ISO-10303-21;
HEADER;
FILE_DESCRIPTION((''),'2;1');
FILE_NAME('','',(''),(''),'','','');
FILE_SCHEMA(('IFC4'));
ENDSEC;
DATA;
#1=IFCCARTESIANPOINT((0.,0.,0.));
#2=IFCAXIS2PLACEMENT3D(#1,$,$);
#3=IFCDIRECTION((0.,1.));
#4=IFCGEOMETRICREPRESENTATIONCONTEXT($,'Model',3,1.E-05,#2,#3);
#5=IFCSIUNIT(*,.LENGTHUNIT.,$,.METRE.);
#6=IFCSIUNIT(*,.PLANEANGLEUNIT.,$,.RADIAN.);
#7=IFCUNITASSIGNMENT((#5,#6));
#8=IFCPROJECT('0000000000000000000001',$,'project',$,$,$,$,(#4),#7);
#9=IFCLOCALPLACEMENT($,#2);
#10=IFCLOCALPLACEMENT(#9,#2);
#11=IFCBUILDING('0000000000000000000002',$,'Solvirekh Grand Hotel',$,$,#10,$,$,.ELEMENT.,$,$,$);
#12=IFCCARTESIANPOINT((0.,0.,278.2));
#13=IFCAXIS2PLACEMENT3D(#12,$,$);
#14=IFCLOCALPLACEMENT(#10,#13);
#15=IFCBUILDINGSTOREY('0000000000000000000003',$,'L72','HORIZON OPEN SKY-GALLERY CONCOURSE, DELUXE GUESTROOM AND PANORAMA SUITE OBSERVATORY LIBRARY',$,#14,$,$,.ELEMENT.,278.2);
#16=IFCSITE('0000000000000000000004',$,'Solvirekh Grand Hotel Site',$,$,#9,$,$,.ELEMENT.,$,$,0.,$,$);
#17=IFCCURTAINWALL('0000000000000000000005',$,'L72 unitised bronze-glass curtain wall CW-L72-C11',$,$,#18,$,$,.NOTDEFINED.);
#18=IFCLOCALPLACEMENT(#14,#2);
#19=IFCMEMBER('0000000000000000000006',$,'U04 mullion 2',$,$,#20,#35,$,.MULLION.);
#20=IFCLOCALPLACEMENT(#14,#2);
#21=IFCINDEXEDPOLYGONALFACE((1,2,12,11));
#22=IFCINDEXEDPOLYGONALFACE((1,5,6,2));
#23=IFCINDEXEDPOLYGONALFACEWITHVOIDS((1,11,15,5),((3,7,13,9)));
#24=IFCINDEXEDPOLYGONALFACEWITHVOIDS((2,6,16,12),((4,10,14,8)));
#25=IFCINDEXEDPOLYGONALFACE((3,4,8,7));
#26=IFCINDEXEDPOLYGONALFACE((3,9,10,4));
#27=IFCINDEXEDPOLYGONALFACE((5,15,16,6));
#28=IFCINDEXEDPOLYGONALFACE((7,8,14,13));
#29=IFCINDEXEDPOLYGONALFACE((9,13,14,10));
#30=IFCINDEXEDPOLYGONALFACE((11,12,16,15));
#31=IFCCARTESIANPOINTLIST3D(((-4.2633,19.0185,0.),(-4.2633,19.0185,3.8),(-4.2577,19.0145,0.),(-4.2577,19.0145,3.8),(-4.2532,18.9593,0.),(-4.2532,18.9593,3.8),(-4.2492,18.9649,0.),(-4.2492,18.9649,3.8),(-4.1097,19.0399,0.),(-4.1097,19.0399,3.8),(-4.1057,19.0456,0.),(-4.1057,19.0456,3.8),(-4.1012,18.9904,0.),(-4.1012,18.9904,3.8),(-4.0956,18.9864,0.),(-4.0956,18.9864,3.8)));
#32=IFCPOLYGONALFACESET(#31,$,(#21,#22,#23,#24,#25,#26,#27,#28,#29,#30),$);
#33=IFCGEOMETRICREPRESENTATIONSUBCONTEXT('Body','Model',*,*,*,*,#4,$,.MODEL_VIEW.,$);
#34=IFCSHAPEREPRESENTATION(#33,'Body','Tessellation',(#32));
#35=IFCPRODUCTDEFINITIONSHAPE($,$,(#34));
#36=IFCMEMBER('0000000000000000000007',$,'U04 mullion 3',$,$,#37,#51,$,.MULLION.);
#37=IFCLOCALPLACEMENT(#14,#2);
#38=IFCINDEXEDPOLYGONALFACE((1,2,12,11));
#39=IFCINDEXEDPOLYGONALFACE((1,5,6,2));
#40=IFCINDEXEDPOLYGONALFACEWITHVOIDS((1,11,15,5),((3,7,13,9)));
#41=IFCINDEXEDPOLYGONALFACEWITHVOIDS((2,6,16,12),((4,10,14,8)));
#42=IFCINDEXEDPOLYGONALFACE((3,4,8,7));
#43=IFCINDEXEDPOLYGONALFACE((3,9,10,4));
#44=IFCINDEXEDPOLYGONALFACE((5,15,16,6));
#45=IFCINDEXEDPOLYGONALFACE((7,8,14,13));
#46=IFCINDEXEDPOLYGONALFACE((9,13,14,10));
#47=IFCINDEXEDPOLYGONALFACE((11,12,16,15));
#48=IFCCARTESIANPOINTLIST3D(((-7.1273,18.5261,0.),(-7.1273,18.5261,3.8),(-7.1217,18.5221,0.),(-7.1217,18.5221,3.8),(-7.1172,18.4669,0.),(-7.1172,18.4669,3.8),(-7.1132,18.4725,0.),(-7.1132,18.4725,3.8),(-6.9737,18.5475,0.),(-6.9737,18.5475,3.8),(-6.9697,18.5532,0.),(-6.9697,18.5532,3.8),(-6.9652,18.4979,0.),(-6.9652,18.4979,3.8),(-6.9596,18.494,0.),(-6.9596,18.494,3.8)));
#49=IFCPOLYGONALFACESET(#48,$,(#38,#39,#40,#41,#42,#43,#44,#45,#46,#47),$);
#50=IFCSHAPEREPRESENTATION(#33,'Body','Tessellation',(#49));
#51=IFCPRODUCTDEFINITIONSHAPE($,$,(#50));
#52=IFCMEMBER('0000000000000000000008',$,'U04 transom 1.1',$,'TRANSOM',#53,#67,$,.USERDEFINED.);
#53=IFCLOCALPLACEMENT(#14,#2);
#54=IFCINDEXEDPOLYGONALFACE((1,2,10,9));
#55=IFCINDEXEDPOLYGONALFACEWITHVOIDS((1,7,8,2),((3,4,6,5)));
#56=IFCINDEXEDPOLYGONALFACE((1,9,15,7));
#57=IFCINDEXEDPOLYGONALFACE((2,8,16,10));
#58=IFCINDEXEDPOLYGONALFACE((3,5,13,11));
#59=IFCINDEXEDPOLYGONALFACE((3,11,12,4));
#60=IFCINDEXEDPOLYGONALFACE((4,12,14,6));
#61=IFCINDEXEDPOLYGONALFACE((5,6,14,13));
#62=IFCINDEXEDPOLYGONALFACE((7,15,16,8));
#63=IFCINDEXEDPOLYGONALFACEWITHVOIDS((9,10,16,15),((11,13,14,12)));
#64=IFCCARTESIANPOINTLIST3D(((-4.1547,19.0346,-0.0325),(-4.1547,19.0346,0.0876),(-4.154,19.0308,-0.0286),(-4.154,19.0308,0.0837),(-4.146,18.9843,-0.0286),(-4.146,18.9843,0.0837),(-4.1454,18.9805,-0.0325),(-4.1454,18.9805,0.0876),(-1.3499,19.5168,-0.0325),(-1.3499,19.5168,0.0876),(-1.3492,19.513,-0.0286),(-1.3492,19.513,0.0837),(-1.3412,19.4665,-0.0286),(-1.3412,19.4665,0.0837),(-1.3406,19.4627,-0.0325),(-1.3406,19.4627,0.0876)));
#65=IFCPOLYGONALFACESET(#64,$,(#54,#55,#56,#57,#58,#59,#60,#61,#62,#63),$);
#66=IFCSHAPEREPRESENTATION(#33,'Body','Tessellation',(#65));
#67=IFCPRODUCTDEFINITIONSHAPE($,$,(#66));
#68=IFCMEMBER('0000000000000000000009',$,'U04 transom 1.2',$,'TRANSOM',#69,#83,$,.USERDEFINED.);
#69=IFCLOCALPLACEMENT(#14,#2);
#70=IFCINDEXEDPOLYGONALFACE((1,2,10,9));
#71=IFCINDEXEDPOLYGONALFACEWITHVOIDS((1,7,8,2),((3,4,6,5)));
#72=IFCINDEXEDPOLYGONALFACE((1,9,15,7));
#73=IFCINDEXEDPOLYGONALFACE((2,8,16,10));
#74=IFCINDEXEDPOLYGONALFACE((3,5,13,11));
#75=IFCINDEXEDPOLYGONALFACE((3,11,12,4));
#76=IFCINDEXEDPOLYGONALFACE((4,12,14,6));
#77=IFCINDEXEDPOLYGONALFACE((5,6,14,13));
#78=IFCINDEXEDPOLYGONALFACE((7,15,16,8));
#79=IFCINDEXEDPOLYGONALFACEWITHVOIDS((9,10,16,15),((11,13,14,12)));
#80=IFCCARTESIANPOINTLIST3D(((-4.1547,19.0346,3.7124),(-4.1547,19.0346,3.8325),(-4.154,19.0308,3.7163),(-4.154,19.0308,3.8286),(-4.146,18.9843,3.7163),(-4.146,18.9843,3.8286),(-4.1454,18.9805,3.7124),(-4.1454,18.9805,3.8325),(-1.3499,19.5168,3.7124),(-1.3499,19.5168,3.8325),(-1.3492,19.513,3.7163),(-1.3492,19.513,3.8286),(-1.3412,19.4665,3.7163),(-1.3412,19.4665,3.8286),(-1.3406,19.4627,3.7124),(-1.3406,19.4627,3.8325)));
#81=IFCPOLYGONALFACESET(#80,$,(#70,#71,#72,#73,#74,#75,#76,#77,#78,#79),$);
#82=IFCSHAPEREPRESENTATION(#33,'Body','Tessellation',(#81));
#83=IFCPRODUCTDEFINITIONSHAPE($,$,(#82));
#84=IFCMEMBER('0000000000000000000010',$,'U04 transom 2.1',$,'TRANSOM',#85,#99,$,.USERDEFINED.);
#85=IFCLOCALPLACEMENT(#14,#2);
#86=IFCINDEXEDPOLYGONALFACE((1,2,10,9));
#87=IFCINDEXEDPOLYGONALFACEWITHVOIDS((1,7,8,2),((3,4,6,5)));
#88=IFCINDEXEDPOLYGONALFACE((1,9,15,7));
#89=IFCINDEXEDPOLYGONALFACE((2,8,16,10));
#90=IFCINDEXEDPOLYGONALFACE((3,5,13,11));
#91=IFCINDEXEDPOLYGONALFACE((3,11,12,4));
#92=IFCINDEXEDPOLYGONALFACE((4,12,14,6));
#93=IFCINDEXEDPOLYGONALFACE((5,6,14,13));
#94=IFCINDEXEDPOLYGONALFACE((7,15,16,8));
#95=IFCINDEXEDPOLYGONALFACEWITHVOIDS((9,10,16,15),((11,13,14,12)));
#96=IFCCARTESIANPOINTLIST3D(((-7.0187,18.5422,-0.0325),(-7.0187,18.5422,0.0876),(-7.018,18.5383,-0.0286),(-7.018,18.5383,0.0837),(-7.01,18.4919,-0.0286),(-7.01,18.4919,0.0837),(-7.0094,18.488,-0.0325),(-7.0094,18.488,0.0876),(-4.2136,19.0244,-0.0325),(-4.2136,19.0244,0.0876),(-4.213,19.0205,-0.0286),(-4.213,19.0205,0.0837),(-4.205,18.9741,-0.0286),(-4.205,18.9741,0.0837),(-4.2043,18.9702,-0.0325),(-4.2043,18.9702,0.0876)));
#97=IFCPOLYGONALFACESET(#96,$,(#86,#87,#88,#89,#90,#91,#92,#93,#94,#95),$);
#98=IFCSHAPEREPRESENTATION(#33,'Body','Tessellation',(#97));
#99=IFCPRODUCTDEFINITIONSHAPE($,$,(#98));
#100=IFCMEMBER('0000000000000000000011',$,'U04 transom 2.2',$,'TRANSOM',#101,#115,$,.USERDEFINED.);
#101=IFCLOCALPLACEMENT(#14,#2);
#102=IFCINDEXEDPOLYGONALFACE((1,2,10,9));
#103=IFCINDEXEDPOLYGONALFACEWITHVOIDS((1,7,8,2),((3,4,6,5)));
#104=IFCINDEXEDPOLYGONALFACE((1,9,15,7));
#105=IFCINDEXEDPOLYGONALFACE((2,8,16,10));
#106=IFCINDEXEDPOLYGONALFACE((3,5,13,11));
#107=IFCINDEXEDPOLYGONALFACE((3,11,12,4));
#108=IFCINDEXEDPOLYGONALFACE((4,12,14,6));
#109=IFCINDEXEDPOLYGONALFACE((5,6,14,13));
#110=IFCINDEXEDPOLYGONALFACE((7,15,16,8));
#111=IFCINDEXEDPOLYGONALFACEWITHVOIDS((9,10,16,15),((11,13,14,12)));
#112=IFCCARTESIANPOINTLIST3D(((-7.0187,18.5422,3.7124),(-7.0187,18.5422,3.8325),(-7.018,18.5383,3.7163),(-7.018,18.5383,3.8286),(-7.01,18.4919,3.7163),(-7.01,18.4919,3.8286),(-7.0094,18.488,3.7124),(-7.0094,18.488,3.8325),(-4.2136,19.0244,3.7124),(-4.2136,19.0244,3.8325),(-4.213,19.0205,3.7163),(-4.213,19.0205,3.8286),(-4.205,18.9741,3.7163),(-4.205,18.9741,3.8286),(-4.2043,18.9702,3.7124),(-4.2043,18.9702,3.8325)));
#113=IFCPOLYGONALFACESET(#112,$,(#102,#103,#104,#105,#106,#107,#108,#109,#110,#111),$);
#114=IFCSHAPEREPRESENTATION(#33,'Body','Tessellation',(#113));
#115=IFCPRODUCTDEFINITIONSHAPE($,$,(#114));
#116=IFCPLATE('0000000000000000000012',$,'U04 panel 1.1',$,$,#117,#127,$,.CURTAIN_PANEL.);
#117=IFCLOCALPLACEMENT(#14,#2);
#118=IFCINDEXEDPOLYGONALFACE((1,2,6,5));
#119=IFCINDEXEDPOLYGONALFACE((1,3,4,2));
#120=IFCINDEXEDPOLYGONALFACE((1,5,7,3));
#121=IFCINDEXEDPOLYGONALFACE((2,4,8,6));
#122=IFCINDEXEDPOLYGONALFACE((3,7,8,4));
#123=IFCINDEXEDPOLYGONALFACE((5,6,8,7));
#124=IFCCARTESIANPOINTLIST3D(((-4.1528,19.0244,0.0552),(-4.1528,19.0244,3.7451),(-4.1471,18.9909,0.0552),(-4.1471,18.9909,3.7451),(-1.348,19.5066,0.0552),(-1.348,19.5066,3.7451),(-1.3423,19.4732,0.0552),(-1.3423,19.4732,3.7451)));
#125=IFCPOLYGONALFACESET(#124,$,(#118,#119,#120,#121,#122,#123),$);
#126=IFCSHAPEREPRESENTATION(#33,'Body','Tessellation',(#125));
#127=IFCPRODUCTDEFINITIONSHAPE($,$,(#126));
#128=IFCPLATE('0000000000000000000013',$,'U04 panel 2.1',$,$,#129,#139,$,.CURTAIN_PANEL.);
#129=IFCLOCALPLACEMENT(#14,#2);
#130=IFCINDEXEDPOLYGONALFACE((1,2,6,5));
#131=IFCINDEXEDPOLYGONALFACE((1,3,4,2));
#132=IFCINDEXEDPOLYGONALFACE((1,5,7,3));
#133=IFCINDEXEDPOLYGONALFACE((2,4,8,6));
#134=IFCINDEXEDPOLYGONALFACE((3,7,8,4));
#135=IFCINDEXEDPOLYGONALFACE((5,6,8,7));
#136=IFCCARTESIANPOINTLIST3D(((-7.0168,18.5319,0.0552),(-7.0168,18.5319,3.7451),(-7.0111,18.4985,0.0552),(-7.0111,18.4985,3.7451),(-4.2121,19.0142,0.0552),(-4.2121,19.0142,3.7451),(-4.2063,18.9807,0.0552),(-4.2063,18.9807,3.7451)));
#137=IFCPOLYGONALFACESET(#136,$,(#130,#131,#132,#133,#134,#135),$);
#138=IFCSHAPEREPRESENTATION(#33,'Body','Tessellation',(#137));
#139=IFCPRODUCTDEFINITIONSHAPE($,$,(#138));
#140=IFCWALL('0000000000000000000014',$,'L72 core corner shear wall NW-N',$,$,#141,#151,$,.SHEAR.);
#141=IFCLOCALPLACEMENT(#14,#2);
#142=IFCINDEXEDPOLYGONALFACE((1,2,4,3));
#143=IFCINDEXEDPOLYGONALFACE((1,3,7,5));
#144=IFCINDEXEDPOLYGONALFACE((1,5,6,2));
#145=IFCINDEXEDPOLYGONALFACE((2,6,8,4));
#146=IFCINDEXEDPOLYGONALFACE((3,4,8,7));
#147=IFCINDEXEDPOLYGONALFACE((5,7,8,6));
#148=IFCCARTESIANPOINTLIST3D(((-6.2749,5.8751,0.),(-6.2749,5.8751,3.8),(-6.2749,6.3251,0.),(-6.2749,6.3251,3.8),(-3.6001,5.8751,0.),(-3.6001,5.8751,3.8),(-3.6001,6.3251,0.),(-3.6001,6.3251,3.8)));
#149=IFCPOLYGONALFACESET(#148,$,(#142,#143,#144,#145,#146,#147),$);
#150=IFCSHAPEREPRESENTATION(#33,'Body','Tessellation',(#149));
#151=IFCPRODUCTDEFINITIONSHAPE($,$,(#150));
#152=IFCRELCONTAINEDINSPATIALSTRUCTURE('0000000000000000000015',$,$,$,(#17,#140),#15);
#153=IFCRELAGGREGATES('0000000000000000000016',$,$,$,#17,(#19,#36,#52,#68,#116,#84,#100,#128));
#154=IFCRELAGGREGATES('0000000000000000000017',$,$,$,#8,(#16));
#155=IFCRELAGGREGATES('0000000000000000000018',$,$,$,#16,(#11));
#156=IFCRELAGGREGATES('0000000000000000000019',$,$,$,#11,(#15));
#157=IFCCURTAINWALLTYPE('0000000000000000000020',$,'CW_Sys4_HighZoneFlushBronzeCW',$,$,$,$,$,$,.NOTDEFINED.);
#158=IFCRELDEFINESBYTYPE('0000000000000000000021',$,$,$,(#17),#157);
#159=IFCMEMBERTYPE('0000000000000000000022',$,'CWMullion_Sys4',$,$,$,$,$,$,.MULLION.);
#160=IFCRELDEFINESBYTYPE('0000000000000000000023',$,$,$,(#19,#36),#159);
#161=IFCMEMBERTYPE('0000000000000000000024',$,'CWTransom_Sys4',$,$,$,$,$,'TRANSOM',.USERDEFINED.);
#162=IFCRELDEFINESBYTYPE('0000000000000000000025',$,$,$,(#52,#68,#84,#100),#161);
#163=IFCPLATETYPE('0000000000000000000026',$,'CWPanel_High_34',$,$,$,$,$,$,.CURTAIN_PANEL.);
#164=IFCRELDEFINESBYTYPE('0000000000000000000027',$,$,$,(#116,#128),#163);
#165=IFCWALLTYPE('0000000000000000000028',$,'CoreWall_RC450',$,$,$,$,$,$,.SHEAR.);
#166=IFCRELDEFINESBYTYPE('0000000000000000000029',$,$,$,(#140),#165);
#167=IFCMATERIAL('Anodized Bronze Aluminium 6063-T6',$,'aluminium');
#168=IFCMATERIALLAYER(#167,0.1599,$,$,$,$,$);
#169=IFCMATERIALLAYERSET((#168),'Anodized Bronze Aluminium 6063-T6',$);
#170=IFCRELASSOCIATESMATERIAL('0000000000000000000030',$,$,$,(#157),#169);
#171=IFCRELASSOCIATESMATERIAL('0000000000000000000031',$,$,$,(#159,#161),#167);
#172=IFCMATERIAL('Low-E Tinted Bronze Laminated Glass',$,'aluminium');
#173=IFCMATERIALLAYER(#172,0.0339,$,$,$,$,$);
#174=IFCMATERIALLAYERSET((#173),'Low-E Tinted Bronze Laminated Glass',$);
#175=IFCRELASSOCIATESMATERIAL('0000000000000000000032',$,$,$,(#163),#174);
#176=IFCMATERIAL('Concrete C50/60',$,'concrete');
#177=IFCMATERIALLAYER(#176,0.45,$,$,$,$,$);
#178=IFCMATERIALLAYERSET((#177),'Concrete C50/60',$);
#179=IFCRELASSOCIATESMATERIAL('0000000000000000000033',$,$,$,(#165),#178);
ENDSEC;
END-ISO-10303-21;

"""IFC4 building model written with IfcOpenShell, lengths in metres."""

from ifc_helpers import new_model, si_unit, direction, frame, frame_2d, origin, origin_2d, place, context, subcontext, project, spatial, rectangle, hollow_rectangle, extrude, source, transform, mapped, material, layer, layer_set, material_profile, profile_set, type_object, element, aggregate, save


model = new_model("IFC4")

# Units and contexts
model_context = context("Model", 3, precision=1e-05, world=origin(), true_north=direction((0.0, 1.0)))
body_context = subcontext(model_context, "Body", "Model", "MODEL_VIEW")
ifc_project = project(units=[si_unit("LENGTHUNIT", "METRE"), si_unit("PLANEANGLEUNIT", "RADIAN")], contexts=[model_context])

# Site, building, storey
site_placement = place(None, origin())
site = spatial("IfcSite", under=ifc_project, at=site_placement, Name="Solvirekh Grand Hotel Site", CompositionType="ELEMENT", RefElevation=0.0)
building_placement = place(site_placement, origin())
building = spatial("IfcBuilding", under=site, at=building_placement, Name="Solvirekh Grand Hotel", CompositionType="ELEMENT")
storey_placement = place(building_placement, frame((0.0, 0.0, 278.2)))
storey = spatial("IfcBuildingStorey", under=building, at=storey_placement, Name="L72", Description="HORIZON OPEN SKY-GALLERY CONCOURSE, DELUXE GUESTROOM AND PANORAMA SUITE OBSERVATORY LIBRARY", CompositionType="ELEMENT", Elevation=278.2)

# Shared definitions
ifc_material_1 = material(Name="Concrete C50/60", Category="concrete")

# Curtain wall, members, plates
ifc_material_2 = material(Name="Anodized Bronze Aluminium 6063-T6", Category="aluminium")
ifc_layer_1 = layer(ifc_material_2, 0.1599)
ifc_layer_set_1 = layer_set([ifc_layer_1], Name="Anodized Bronze Aluminium 6063-T6")
curtain_wall_type = type_object("IfcCurtainWallType", Name="CW_Sys4_HighZoneFlushBronzeCW", PredefinedType="NOTDEFINED", material=ifc_layer_set_1)
curtain_wall_placement = place(storey_placement, origin())
curtain_wall = element("IfcCurtainWall", 1, at=curtain_wall_placement, inside=storey, type_object=curtain_wall_type, Name="L72 unitised bronze-glass curtain wall CW-L72-C11", PredefinedType="NOTDEFINED")
ifc_material_profile_1 = material_profile(ifc_material_2, hollow_rectangle(XDim=0.0601, YDim=0.1599, WallThickness=0.0049, at=origin_2d()), Name="ALU RHS 160X60X5")
ifc_profile_set_1 = profile_set([ifc_material_profile_1], Name="Anodized Bronze Aluminium 6063-T6")
member_type_1 = type_object("IfcMemberType", Name="CWMullion_Sys4", PredefinedType="MULLION", material=ifc_profile_set_1)
shared_shape_1 = source(origin(), body_context, "Body", "SweptSolid", [
    extrude(hollow_rectangle(XDim=0.0601, YDim=0.1599, WallThickness=0.0049, at=origin_2d()), origin(), (0.0, 0.0, 1.0), 3.8),
])
member_1_placement = place(storey_placement, frame((-4.1794, 19.0024, 0.0), z_axis=(0.0, 0.0, 1.0), x_axis=(0.169451, -0.985539, 0.0)))
member_1 = element("IfcMember", 2, at=member_1_placement, type_object=member_type_1, Name="U04 mullion 2", PredefinedType="MULLION", context=body_context, shape_type="MappedRepresentation", body=[
    mapped(shared_shape_1, transform((0.0, 0.0, 0.0), x_axis=(1.0, 0.0, 0.0), y_axis=(0.0, 1.0, 0.0), z_axis=(0.0, 0.0, 1.0), scale=1.0)),
])
member_2_placement = place(storey_placement, frame((-7.0435, 18.51, 0.0), z_axis=(0.0, 0.0, 1.0), x_axis=(0.169451, -0.985539, 0.0)))
member_2 = element("IfcMember", 3, at=member_2_placement, type_object=member_type_1, Name="U04 mullion 3", PredefinedType="MULLION", context=body_context, shape_type="MappedRepresentation", body=[
    mapped(shared_shape_1, transform((0.0, 0.0, 0.0), x_axis=(1.0, 0.0, 0.0), y_axis=(0.0, 1.0, 0.0), z_axis=(0.0, 0.0, 1.0), scale=1.0)),
])
ifc_material_profile_2 = material_profile(ifc_material_2, hollow_rectangle(XDim=0.0549, YDim=0.1201, WallThickness=0.0039, at=origin_2d()), Name="ALU RHS 120X55X4")
ifc_profile_set_2 = profile_set([ifc_material_profile_2], Name="Anodized Bronze Aluminium 6063-T6")
member_type_2 = type_object("IfcMemberType", Name="CWTransom_Sys4", ElementType="TRANSOM", PredefinedType="USERDEFINED", material=ifc_profile_set_2)
shared_shape_2 = source(origin(), body_context, "Body", "SweptSolid", [
    extrude(hollow_rectangle(XDim=0.0549, YDim=0.1201, WallThickness=0.0039, at=origin_2d()), origin(), (0.0, 0.0, 1.0), 2.8459),
])
member_3_placement = place(storey_placement, frame((-1.3452, 19.4897, 0.0276), z_axis=(-0.985542, -0.169433, 0.0), x_axis=(0.169433, -0.985542, 0.0)))
member_3 = element("IfcMember", 4, at=member_3_placement, type_object=member_type_2, Name="U04 transom 1.1", ObjectType="TRANSOM", PredefinedType="USERDEFINED", context=body_context, shape_type="MappedRepresentation", body=[
    mapped(shared_shape_2, transform((0.0, 0.0, 0.0), x_axis=(1.0, 0.0, 0.0), y_axis=(0.0, 1.0, 0.0), z_axis=(0.0, 0.0, 1.0), scale=1.0)),
])
member_4_placement = place(storey_placement, frame((-1.3452, 19.4897, 3.7725), z_axis=(-0.985542, -0.169433, 0.0), x_axis=(0.169433, -0.985542, 0.0)))
member_4 = element("IfcMember", 5, at=member_4_placement, type_object=member_type_2, Name="U04 transom 1.2", ObjectType="TRANSOM", PredefinedType="USERDEFINED", context=body_context, shape_type="MappedRepresentation", body=[
    mapped(shared_shape_2, transform((0.0, 0.0, 0.0), x_axis=(1.0, 0.0, 0.0), y_axis=(0.0, 1.0, 0.0), z_axis=(0.0, 0.0, 1.0), scale=1.0)),
])
shared_shape_3 = source(origin(), body_context, "Body", "SweptSolid", [
    extrude(hollow_rectangle(XDim=0.0549, YDim=0.1201, WallThickness=0.0039, at=origin_2d()), origin(), (0.0, 0.0, 1.0), 2.8462),
])
member_5_placement = place(storey_placement, frame((-4.209, 18.9973, 0.0276), z_axis=(-0.985544, -0.169419, 0.0), x_axis=(0.169419, -0.985544, 0.0)))
member_5 = element("IfcMember", 6, at=member_5_placement, type_object=member_type_2, Name="U04 transom 2.1", ObjectType="TRANSOM", PredefinedType="USERDEFINED", context=body_context, shape_type="MappedRepresentation", body=[
    mapped(shared_shape_3, transform((0.0, 0.0, 0.0), x_axis=(1.0, 0.0, 0.0), y_axis=(0.0, 1.0, 0.0), z_axis=(0.0, 0.0, 1.0), scale=1.0)),
])
member_6_placement = place(storey_placement, frame((-4.209, 18.9973, 3.7725), z_axis=(-0.985544, -0.169419, 0.0), x_axis=(0.169419, -0.985544, 0.0)))
member_6 = element("IfcMember", 7, at=member_6_placement, type_object=member_type_2, Name="U04 transom 2.2", ObjectType="TRANSOM", PredefinedType="USERDEFINED", context=body_context, shape_type="MappedRepresentation", body=[
    mapped(shared_shape_3, transform((0.0, 0.0, 0.0), x_axis=(1.0, 0.0, 0.0), y_axis=(0.0, 1.0, 0.0), z_axis=(0.0, 0.0, 1.0), scale=1.0)),
])
ifc_material_3 = material(Name="Low-E Tinted Bronze Laminated Glass", Category="aluminium")
ifc_layer_2 = layer(ifc_material_3, 0.0339)
ifc_layer_set_2 = layer_set([ifc_layer_2], Name="Low-E Tinted Bronze Laminated Glass")
plate_type = type_object("IfcPlateType", Name="CWPanel_High_34", PredefinedType="CURTAIN_PANEL", material=ifc_layer_set_2)
shared_shape_4 = source(origin(), body_context, "Body", "SweptSolid", [
    extrude(rectangle(XDim=2.8459, YDim=0.0339, at=origin_2d()), origin(), (0.0, 0.0, 1.0), 3.6899),
])
plate_1_placement = place(storey_placement, frame((-2.7476, 19.2488, 0.0552), z_axis=(0.0, 0.0, 1.0), x_axis=(-0.985539, -0.169451, 0.0)))
plate_1 = element("IfcPlate", 8, at=plate_1_placement, type_object=plate_type, Name="U04 panel 1.1", PredefinedType="CURTAIN_PANEL", context=body_context, shape_type="MappedRepresentation", body=[
    mapped(shared_shape_4, transform((0.0, 0.0, 0.0), x_axis=(1.0, 0.0, 0.0), y_axis=(0.0, 1.0, 0.0), z_axis=(0.0, 0.0, 1.0), scale=1.0)),
])
plate_2_placement = place(storey_placement, frame((-5.6116, 18.7563, 0.0552), z_axis=(0.0, 0.0, 1.0), x_axis=(-0.985539, -0.169451, 0.0)))
plate_2 = element("IfcPlate", 9, at=plate_2_placement, type_object=plate_type, Name="U04 panel 2.1", PredefinedType="CURTAIN_PANEL", context=body_context, shape_type="MappedRepresentation", body=[
    mapped(shared_shape_4, transform((0.0, 0.0, 0.0), x_axis=(1.0, 0.0, 0.0), y_axis=(0.0, 1.0, 0.0), z_axis=(0.0, 0.0, 1.0), scale=1.0)),
])
aggregate(curtain_wall, [member_1, member_2, member_3, member_4, plate_1, member_5, member_6, plate_2])

# Wall
ifc_layer_3 = layer(ifc_material_1, 0.45)
ifc_layer_set_3 = layer_set([ifc_layer_3], Name="Concrete C50/60")
wall_type_1 = type_object("IfcWallType", Name="CoreWall_RC450", PredefinedType="SHEAR", material=ifc_layer_set_3)
wall_1_placement = place(storey_placement, frame((-6.2749, 6.1001, 0.0), z_axis=(0.0, 0.0, 1.0), x_axis=(1.0, 0.0, 0.0)))
element("IfcWall", 10, at=wall_1_placement, inside=storey, type_object=wall_type_1, Name="L72 core corner shear wall NW-N", PredefinedType="SHEAR", context=body_context, shape_type="SweptSolid", body=[
    extrude(rectangle(XDim=2.6748, YDim=0.45, at=frame_2d((1.3374, 0.0))), origin(), (0.0, 0.0, 1.0), 3.8),
])

save(model, "model.ifc")
